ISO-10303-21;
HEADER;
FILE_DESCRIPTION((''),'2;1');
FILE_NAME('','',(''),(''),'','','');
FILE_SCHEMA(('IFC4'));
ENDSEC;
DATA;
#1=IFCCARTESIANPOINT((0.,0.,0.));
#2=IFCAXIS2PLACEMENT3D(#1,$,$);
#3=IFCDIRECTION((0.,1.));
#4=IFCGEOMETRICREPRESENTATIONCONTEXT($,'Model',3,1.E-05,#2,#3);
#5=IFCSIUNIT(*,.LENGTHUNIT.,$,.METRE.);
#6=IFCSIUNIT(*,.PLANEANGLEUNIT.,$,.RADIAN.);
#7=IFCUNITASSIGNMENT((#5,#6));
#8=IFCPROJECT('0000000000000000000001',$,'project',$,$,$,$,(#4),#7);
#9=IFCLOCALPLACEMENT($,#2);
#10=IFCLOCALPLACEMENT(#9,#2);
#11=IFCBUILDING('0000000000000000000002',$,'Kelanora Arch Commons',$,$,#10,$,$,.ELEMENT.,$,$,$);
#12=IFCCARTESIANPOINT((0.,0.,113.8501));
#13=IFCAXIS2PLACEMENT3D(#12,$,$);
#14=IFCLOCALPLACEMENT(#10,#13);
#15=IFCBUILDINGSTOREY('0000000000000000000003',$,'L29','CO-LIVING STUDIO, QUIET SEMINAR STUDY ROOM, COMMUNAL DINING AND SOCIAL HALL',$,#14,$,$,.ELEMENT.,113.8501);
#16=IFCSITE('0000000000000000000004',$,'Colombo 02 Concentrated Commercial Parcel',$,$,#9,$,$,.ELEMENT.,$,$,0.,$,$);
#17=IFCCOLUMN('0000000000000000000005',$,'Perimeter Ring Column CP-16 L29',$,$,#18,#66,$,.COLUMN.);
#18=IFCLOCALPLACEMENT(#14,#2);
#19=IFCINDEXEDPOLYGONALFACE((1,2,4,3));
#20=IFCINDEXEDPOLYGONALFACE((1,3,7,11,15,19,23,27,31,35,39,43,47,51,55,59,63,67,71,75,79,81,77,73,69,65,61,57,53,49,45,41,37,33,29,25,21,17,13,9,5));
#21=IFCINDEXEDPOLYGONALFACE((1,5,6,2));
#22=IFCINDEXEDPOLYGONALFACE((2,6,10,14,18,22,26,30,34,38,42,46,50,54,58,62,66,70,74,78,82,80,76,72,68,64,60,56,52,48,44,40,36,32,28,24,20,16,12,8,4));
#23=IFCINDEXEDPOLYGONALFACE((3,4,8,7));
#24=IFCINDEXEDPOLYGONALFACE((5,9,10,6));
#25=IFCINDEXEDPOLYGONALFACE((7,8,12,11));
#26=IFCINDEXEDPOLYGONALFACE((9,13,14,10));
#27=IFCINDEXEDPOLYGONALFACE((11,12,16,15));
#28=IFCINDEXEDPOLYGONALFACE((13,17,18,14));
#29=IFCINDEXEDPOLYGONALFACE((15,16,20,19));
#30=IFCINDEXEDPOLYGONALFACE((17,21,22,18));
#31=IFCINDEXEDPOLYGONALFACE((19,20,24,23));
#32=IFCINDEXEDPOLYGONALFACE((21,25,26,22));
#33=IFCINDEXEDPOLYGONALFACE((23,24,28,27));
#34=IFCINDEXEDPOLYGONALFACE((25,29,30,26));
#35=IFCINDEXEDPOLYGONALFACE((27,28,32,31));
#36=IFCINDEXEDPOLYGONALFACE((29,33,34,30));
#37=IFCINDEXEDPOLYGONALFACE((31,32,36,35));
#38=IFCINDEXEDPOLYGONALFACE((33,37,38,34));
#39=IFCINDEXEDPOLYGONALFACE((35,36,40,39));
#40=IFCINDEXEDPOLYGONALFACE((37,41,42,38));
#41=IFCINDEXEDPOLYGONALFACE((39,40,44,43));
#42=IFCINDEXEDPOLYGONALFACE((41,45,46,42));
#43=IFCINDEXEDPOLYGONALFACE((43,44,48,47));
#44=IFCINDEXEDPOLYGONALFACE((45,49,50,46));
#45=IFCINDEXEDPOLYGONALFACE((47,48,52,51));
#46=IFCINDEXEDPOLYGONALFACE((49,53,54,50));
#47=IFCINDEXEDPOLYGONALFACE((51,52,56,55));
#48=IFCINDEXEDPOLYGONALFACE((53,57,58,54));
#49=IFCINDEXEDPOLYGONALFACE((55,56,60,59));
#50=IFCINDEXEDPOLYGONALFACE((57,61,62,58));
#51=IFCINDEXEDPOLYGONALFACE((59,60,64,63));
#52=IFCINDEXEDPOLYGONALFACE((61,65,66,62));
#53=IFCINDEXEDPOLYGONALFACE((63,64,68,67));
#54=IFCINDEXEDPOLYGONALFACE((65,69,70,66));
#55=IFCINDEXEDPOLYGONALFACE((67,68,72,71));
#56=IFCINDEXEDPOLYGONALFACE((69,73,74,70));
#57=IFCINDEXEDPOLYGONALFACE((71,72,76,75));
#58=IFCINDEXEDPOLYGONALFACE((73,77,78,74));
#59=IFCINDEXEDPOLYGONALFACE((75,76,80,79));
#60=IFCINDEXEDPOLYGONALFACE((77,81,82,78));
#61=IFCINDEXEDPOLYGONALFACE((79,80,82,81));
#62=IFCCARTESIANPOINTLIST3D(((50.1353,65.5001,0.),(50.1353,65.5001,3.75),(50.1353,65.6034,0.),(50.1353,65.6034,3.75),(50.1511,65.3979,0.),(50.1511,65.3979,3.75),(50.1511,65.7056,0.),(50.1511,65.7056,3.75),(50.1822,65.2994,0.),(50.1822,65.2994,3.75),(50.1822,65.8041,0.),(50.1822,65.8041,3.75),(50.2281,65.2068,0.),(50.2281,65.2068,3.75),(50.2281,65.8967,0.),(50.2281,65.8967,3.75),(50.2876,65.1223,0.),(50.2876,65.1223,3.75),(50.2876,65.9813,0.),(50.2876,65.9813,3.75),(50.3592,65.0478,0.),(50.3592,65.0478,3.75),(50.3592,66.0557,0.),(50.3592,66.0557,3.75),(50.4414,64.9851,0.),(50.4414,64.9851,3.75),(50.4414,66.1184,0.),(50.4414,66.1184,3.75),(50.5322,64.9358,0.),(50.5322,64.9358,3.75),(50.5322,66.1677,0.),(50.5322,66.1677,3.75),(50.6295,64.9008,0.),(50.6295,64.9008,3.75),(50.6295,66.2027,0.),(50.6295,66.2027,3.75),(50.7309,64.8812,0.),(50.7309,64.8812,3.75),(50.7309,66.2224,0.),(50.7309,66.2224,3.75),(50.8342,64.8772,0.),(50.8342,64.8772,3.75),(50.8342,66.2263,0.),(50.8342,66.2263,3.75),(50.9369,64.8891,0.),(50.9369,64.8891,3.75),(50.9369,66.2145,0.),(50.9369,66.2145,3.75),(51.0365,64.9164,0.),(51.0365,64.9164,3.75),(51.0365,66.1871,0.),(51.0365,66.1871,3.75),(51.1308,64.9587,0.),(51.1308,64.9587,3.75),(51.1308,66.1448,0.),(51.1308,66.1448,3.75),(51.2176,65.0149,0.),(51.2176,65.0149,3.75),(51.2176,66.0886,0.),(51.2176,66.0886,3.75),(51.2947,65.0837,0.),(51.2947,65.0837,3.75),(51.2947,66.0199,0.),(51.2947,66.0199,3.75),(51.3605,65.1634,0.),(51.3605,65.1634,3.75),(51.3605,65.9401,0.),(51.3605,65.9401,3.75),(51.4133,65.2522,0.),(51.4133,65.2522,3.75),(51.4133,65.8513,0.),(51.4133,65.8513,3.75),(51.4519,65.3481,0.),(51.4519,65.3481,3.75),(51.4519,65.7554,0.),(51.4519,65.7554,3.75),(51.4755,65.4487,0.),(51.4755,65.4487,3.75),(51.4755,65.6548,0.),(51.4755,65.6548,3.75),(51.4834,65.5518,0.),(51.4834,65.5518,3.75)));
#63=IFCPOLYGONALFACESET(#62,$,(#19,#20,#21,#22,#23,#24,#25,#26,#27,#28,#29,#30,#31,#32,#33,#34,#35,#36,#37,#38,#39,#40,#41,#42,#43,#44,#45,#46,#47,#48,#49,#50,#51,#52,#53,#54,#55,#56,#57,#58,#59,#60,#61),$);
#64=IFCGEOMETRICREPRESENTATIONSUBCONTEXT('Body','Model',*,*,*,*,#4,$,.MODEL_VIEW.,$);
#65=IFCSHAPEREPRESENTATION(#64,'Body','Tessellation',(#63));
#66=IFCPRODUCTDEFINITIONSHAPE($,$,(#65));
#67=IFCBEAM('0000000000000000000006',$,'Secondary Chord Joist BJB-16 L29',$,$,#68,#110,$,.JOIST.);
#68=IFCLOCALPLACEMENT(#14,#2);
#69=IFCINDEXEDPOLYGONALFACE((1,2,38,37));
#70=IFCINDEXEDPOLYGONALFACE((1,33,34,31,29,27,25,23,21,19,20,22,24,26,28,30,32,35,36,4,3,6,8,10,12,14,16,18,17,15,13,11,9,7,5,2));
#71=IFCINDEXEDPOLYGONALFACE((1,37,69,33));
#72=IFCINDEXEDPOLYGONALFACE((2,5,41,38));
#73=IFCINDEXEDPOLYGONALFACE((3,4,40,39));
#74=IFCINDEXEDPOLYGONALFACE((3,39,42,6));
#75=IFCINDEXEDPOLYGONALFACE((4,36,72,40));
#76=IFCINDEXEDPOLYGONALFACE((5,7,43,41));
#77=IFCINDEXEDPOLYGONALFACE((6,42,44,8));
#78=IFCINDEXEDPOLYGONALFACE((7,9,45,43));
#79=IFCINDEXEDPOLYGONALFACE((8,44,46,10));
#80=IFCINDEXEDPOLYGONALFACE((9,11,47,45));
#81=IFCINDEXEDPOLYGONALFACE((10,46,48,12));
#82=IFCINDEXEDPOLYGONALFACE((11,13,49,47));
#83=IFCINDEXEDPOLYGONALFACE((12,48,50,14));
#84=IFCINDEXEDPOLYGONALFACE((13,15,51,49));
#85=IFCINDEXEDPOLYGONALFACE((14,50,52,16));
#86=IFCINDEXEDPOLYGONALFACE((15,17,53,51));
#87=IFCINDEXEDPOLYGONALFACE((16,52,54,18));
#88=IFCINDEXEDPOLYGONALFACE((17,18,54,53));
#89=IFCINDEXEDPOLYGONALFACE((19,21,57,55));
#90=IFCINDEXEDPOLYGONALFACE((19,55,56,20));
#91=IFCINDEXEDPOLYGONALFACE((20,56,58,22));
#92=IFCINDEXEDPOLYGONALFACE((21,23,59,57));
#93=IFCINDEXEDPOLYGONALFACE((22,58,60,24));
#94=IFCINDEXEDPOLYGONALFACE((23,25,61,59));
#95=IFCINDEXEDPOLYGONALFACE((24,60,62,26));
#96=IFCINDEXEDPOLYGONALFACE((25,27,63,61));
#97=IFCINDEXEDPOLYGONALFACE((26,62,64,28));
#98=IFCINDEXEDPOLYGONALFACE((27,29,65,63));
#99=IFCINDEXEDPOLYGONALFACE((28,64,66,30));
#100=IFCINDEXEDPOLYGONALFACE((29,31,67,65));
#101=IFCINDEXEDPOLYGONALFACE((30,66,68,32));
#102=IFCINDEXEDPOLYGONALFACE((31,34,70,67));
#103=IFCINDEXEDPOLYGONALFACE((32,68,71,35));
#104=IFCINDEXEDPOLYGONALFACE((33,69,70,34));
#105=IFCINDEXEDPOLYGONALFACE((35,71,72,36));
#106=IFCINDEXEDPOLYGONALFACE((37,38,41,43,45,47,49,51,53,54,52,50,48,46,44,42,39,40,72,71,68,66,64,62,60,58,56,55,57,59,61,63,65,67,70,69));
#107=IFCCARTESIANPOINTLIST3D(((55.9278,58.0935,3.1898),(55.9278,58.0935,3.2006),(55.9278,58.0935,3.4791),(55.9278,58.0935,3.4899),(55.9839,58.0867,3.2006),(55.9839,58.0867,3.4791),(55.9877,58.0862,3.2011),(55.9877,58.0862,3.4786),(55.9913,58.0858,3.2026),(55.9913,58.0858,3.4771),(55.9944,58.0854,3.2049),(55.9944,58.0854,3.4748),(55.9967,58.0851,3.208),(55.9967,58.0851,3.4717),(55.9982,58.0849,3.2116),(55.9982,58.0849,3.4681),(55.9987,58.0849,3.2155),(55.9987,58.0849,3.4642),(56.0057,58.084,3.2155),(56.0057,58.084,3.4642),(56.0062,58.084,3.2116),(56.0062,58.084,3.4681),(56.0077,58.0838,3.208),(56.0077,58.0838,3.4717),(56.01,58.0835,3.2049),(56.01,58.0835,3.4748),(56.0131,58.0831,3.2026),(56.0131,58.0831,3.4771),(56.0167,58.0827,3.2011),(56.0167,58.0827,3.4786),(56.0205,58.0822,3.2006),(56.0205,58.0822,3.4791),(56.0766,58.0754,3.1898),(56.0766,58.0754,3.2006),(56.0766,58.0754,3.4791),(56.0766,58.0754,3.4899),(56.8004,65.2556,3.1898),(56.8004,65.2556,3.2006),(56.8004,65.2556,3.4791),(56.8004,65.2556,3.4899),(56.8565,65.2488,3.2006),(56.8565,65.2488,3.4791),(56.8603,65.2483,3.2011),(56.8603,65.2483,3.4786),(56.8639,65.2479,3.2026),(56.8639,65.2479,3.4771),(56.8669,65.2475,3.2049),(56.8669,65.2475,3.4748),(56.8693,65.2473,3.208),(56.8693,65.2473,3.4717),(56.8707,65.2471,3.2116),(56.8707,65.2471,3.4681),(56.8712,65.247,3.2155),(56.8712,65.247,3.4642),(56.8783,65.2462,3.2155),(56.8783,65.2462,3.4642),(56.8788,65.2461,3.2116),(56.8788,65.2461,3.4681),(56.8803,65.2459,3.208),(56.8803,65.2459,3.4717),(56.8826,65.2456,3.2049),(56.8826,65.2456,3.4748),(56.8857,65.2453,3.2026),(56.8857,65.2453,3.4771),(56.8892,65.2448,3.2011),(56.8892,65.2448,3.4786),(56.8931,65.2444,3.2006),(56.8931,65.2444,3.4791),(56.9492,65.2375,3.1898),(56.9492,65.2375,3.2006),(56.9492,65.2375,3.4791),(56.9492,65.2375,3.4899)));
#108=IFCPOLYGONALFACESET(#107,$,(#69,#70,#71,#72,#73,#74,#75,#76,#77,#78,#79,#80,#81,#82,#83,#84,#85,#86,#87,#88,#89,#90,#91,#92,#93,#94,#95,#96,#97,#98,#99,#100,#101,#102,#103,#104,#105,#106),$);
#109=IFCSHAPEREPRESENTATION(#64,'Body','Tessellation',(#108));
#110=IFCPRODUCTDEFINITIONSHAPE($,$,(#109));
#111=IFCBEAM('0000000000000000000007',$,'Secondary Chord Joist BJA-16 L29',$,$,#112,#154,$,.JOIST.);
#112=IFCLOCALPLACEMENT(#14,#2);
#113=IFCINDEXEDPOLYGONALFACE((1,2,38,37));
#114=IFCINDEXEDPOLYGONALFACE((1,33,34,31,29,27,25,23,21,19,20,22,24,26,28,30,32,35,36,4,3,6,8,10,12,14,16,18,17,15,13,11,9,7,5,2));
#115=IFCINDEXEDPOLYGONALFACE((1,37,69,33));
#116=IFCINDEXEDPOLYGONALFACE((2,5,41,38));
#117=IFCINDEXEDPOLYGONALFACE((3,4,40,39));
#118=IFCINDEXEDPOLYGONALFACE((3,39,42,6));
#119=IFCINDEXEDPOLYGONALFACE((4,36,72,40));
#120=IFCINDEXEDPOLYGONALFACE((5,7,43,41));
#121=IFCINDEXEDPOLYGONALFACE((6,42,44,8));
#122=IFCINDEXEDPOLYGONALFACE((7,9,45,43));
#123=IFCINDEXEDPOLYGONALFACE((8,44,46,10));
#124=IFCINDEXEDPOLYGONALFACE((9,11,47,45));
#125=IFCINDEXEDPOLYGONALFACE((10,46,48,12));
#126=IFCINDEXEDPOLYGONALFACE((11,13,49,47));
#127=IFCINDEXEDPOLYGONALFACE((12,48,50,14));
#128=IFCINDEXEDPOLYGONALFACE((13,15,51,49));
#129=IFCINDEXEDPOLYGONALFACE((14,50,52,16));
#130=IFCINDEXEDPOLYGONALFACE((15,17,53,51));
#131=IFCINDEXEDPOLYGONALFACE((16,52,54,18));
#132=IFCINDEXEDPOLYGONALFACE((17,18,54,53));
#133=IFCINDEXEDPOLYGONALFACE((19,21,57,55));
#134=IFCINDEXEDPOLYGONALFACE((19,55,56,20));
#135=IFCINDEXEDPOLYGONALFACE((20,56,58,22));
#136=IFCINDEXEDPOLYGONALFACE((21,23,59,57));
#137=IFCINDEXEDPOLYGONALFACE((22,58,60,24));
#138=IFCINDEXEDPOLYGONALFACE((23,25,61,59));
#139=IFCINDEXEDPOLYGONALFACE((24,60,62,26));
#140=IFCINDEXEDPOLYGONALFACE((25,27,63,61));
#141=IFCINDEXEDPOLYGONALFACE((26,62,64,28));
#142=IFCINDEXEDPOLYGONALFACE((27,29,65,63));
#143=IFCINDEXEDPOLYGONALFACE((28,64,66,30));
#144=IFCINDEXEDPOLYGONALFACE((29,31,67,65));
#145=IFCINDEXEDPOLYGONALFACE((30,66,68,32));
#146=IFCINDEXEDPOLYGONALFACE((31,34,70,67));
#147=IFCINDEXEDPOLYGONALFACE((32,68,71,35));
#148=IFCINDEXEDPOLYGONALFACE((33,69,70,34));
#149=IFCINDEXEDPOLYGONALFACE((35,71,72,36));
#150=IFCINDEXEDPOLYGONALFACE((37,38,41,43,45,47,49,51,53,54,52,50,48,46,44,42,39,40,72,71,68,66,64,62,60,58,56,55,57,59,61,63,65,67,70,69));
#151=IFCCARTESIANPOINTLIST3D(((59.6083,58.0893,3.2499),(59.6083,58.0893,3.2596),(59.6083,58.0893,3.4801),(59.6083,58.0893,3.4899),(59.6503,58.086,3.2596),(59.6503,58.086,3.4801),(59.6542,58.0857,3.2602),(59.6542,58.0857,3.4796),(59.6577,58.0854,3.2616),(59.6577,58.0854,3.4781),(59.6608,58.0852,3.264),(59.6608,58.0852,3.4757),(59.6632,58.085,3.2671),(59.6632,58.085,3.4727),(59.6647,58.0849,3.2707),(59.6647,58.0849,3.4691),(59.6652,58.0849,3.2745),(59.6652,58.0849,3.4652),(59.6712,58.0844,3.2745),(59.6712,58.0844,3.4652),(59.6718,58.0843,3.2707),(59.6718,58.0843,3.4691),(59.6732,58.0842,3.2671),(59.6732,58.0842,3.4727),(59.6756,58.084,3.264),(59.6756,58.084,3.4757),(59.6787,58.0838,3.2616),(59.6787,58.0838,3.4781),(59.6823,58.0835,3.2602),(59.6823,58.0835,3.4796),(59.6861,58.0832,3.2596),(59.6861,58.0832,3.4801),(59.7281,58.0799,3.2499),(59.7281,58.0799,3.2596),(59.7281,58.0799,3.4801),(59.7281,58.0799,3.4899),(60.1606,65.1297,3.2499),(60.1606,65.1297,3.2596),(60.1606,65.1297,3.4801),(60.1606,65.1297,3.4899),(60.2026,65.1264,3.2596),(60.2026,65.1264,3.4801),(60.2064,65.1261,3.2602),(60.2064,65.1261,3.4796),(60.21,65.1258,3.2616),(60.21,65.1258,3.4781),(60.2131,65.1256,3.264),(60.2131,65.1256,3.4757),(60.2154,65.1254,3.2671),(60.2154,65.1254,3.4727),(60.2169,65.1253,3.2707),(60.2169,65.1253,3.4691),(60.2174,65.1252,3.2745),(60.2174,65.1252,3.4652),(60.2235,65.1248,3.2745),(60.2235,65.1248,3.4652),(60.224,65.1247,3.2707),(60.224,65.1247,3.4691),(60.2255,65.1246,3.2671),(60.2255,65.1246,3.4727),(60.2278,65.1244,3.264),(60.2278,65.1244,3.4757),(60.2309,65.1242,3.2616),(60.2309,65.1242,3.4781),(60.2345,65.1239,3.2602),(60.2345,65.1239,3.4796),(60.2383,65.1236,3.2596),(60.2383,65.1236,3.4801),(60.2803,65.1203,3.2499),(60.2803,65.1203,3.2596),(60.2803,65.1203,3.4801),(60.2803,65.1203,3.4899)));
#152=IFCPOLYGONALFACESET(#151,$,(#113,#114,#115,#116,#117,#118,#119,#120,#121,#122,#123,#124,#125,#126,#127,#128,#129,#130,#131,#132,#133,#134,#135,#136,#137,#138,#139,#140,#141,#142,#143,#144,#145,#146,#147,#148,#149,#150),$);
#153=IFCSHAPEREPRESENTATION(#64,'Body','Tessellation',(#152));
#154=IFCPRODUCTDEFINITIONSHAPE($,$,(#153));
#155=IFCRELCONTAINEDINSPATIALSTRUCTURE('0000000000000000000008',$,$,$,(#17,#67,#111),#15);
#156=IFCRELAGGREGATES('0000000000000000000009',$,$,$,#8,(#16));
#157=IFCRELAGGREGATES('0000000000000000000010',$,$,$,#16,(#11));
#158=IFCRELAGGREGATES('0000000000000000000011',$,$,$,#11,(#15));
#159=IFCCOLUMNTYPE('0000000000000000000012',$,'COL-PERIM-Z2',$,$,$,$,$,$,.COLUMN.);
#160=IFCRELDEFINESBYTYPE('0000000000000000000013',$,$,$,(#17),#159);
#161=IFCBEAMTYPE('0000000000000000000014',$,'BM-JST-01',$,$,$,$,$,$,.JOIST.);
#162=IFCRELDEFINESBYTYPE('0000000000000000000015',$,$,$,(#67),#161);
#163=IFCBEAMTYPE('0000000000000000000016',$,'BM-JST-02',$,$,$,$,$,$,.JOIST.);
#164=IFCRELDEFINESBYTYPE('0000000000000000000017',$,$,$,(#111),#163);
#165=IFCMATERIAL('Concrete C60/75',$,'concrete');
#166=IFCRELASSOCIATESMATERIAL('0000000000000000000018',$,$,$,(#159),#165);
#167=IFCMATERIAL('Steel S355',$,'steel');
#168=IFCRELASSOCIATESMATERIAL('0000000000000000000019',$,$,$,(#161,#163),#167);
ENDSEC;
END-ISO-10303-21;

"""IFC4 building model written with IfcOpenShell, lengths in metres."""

from ifc_helpers import new_model, si_unit, direction, frame, origin, origin_2d, place, context, subcontext, project, spatial, circle, i_section, extrude, material, material_profile, profile_set, type_object, element, save


model = new_model("IFC4")

# Units and contexts
model_context = context("Model", 3, precision=1e-05, world=origin(), true_north=direction((0.0, 1.0)))
body_context = subcontext(model_context, "Body", "Model", "MODEL_VIEW")
ifc_project = project(units=[si_unit("LENGTHUNIT", "METRE"), si_unit("PLANEANGLEUNIT", "RADIAN")], contexts=[model_context])

# Site, building, storey
site_placement = place(None, origin())
site = spatial("IfcSite", under=ifc_project, at=site_placement, Name="Colombo 02 Concentrated Commercial Parcel", CompositionType="ELEMENT", RefElevation=0.0)
building_placement = place(site_placement, origin())
building = spatial("IfcBuilding", under=site, at=building_placement, Name="Kelanora Arch Commons", CompositionType="ELEMENT")
storey_placement = place(building_placement, frame((0.0, 0.0, 113.8501)))
storey = spatial("IfcBuildingStorey", under=building, at=storey_placement, Name="L29", Description="CO-LIVING STUDIO, QUIET SEMINAR STUDY ROOM, COMMUNAL DINING AND SOCIAL HALL", CompositionType="ELEMENT", Elevation=113.8501)

# Column
ifc_material_1 = material(Name="Concrete C60/75", Category="concrete")
ifc_material_profile_1 = material_profile(ifc_material_1, circle(Radius=0.675, at=origin_2d()), Name="RCC1350")
ifc_profile_set_1 = profile_set([ifc_material_profile_1], Name="Concrete C60/75")
column_type = type_object("IfcColumnType", Name="COL-PERIM-Z2", PredefinedType="COLUMN", material=ifc_profile_set_1)
column_placement = place(storey_placement, frame((50.8083, 65.5518, 0.0), z_axis=(0.0, 0.0, 1.0), x_axis=(1.0, 0.0, 0.0)))
element("IfcColumn", 1, at=column_placement, inside=storey, type_object=column_type, Name="Perimeter Ring Column CP-16 L29", PredefinedType="COLUMN", context=body_context, shape_type="SweptSolid", body=[
    extrude(circle(Radius=0.675, at=origin_2d()), origin(), (0.0, 0.0, 1.0), 3.75),
])

# Beams
ifc_material_2 = material(Name="Steel S355", Category="steel")
ifc_material_profile_2 = material_profile(ifc_material_2, i_section(OverallWidth=0.1499, OverallDepth=0.3, WebThickness=0.0071, FlangeThickness=0.0107, FilletRadius=0.0149, at=origin_2d()), Name="IPE300")
ifc_profile_set_2 = profile_set([ifc_material_profile_2], Name="Steel S355")
beam_type_1 = type_object("IfcBeamType", Name="BM-JST-01", PredefinedType="JOIST", material=ifc_profile_set_2)
beam_1_placement = place(storey_placement, frame((56.8748, 65.2466, 3.3398), z_axis=(-0.120936, -0.99266, 0.0), x_axis=(0.99266, -0.120936, 0.0)))
element("IfcBeam", 2, at=beam_1_placement, inside=storey, type_object=beam_type_1, Name="Secondary Chord Joist BJB-16 L29", PredefinedType="JOIST", context=body_context, shape_type="SweptSolid", body=[
    extrude(i_section(OverallWidth=0.1499, OverallDepth=0.3, WebThickness=0.0071, FlangeThickness=0.0107, FilletRadius=0.0149, at=origin_2d()), origin(), (0.0, 0.0, 1.0), 7.2151),
])
ifc_material_profile_3 = material_profile(ifc_material_2, i_section(OverallWidth=0.1201, OverallDepth=0.24, WebThickness=0.0061, FlangeThickness=0.0098, FilletRadius=0.0149, at=origin_2d()), Name="IPE240")
ifc_profile_set_3 = profile_set([ifc_material_profile_3], Name="Steel S355")
beam_type_2 = type_object("IfcBeamType", Name="BM-JST-02", PredefinedType="JOIST", material=ifc_profile_set_3)
beam_2_placement = place(storey_placement, frame((60.2205, 65.125, 3.3699), z_axis=(-0.078201, -0.996938, 0.0), x_axis=(0.996938, -0.078201, 0.0)))
element("IfcBeam", 3, at=beam_2_placement, inside=storey, type_object=beam_type_2, Name="Secondary Chord Joist BJA-16 L29", PredefinedType="JOIST", context=body_context, shape_type="SweptSolid", body=[
    extrude(i_section(OverallWidth=0.1201, OverallDepth=0.24, WebThickness=0.0061, FlangeThickness=0.0098, FilletRadius=0.0149, at=origin_2d()), origin(), (0.0, 0.0, 1.0), 7.062),
])

save(model, "model.ifc")
